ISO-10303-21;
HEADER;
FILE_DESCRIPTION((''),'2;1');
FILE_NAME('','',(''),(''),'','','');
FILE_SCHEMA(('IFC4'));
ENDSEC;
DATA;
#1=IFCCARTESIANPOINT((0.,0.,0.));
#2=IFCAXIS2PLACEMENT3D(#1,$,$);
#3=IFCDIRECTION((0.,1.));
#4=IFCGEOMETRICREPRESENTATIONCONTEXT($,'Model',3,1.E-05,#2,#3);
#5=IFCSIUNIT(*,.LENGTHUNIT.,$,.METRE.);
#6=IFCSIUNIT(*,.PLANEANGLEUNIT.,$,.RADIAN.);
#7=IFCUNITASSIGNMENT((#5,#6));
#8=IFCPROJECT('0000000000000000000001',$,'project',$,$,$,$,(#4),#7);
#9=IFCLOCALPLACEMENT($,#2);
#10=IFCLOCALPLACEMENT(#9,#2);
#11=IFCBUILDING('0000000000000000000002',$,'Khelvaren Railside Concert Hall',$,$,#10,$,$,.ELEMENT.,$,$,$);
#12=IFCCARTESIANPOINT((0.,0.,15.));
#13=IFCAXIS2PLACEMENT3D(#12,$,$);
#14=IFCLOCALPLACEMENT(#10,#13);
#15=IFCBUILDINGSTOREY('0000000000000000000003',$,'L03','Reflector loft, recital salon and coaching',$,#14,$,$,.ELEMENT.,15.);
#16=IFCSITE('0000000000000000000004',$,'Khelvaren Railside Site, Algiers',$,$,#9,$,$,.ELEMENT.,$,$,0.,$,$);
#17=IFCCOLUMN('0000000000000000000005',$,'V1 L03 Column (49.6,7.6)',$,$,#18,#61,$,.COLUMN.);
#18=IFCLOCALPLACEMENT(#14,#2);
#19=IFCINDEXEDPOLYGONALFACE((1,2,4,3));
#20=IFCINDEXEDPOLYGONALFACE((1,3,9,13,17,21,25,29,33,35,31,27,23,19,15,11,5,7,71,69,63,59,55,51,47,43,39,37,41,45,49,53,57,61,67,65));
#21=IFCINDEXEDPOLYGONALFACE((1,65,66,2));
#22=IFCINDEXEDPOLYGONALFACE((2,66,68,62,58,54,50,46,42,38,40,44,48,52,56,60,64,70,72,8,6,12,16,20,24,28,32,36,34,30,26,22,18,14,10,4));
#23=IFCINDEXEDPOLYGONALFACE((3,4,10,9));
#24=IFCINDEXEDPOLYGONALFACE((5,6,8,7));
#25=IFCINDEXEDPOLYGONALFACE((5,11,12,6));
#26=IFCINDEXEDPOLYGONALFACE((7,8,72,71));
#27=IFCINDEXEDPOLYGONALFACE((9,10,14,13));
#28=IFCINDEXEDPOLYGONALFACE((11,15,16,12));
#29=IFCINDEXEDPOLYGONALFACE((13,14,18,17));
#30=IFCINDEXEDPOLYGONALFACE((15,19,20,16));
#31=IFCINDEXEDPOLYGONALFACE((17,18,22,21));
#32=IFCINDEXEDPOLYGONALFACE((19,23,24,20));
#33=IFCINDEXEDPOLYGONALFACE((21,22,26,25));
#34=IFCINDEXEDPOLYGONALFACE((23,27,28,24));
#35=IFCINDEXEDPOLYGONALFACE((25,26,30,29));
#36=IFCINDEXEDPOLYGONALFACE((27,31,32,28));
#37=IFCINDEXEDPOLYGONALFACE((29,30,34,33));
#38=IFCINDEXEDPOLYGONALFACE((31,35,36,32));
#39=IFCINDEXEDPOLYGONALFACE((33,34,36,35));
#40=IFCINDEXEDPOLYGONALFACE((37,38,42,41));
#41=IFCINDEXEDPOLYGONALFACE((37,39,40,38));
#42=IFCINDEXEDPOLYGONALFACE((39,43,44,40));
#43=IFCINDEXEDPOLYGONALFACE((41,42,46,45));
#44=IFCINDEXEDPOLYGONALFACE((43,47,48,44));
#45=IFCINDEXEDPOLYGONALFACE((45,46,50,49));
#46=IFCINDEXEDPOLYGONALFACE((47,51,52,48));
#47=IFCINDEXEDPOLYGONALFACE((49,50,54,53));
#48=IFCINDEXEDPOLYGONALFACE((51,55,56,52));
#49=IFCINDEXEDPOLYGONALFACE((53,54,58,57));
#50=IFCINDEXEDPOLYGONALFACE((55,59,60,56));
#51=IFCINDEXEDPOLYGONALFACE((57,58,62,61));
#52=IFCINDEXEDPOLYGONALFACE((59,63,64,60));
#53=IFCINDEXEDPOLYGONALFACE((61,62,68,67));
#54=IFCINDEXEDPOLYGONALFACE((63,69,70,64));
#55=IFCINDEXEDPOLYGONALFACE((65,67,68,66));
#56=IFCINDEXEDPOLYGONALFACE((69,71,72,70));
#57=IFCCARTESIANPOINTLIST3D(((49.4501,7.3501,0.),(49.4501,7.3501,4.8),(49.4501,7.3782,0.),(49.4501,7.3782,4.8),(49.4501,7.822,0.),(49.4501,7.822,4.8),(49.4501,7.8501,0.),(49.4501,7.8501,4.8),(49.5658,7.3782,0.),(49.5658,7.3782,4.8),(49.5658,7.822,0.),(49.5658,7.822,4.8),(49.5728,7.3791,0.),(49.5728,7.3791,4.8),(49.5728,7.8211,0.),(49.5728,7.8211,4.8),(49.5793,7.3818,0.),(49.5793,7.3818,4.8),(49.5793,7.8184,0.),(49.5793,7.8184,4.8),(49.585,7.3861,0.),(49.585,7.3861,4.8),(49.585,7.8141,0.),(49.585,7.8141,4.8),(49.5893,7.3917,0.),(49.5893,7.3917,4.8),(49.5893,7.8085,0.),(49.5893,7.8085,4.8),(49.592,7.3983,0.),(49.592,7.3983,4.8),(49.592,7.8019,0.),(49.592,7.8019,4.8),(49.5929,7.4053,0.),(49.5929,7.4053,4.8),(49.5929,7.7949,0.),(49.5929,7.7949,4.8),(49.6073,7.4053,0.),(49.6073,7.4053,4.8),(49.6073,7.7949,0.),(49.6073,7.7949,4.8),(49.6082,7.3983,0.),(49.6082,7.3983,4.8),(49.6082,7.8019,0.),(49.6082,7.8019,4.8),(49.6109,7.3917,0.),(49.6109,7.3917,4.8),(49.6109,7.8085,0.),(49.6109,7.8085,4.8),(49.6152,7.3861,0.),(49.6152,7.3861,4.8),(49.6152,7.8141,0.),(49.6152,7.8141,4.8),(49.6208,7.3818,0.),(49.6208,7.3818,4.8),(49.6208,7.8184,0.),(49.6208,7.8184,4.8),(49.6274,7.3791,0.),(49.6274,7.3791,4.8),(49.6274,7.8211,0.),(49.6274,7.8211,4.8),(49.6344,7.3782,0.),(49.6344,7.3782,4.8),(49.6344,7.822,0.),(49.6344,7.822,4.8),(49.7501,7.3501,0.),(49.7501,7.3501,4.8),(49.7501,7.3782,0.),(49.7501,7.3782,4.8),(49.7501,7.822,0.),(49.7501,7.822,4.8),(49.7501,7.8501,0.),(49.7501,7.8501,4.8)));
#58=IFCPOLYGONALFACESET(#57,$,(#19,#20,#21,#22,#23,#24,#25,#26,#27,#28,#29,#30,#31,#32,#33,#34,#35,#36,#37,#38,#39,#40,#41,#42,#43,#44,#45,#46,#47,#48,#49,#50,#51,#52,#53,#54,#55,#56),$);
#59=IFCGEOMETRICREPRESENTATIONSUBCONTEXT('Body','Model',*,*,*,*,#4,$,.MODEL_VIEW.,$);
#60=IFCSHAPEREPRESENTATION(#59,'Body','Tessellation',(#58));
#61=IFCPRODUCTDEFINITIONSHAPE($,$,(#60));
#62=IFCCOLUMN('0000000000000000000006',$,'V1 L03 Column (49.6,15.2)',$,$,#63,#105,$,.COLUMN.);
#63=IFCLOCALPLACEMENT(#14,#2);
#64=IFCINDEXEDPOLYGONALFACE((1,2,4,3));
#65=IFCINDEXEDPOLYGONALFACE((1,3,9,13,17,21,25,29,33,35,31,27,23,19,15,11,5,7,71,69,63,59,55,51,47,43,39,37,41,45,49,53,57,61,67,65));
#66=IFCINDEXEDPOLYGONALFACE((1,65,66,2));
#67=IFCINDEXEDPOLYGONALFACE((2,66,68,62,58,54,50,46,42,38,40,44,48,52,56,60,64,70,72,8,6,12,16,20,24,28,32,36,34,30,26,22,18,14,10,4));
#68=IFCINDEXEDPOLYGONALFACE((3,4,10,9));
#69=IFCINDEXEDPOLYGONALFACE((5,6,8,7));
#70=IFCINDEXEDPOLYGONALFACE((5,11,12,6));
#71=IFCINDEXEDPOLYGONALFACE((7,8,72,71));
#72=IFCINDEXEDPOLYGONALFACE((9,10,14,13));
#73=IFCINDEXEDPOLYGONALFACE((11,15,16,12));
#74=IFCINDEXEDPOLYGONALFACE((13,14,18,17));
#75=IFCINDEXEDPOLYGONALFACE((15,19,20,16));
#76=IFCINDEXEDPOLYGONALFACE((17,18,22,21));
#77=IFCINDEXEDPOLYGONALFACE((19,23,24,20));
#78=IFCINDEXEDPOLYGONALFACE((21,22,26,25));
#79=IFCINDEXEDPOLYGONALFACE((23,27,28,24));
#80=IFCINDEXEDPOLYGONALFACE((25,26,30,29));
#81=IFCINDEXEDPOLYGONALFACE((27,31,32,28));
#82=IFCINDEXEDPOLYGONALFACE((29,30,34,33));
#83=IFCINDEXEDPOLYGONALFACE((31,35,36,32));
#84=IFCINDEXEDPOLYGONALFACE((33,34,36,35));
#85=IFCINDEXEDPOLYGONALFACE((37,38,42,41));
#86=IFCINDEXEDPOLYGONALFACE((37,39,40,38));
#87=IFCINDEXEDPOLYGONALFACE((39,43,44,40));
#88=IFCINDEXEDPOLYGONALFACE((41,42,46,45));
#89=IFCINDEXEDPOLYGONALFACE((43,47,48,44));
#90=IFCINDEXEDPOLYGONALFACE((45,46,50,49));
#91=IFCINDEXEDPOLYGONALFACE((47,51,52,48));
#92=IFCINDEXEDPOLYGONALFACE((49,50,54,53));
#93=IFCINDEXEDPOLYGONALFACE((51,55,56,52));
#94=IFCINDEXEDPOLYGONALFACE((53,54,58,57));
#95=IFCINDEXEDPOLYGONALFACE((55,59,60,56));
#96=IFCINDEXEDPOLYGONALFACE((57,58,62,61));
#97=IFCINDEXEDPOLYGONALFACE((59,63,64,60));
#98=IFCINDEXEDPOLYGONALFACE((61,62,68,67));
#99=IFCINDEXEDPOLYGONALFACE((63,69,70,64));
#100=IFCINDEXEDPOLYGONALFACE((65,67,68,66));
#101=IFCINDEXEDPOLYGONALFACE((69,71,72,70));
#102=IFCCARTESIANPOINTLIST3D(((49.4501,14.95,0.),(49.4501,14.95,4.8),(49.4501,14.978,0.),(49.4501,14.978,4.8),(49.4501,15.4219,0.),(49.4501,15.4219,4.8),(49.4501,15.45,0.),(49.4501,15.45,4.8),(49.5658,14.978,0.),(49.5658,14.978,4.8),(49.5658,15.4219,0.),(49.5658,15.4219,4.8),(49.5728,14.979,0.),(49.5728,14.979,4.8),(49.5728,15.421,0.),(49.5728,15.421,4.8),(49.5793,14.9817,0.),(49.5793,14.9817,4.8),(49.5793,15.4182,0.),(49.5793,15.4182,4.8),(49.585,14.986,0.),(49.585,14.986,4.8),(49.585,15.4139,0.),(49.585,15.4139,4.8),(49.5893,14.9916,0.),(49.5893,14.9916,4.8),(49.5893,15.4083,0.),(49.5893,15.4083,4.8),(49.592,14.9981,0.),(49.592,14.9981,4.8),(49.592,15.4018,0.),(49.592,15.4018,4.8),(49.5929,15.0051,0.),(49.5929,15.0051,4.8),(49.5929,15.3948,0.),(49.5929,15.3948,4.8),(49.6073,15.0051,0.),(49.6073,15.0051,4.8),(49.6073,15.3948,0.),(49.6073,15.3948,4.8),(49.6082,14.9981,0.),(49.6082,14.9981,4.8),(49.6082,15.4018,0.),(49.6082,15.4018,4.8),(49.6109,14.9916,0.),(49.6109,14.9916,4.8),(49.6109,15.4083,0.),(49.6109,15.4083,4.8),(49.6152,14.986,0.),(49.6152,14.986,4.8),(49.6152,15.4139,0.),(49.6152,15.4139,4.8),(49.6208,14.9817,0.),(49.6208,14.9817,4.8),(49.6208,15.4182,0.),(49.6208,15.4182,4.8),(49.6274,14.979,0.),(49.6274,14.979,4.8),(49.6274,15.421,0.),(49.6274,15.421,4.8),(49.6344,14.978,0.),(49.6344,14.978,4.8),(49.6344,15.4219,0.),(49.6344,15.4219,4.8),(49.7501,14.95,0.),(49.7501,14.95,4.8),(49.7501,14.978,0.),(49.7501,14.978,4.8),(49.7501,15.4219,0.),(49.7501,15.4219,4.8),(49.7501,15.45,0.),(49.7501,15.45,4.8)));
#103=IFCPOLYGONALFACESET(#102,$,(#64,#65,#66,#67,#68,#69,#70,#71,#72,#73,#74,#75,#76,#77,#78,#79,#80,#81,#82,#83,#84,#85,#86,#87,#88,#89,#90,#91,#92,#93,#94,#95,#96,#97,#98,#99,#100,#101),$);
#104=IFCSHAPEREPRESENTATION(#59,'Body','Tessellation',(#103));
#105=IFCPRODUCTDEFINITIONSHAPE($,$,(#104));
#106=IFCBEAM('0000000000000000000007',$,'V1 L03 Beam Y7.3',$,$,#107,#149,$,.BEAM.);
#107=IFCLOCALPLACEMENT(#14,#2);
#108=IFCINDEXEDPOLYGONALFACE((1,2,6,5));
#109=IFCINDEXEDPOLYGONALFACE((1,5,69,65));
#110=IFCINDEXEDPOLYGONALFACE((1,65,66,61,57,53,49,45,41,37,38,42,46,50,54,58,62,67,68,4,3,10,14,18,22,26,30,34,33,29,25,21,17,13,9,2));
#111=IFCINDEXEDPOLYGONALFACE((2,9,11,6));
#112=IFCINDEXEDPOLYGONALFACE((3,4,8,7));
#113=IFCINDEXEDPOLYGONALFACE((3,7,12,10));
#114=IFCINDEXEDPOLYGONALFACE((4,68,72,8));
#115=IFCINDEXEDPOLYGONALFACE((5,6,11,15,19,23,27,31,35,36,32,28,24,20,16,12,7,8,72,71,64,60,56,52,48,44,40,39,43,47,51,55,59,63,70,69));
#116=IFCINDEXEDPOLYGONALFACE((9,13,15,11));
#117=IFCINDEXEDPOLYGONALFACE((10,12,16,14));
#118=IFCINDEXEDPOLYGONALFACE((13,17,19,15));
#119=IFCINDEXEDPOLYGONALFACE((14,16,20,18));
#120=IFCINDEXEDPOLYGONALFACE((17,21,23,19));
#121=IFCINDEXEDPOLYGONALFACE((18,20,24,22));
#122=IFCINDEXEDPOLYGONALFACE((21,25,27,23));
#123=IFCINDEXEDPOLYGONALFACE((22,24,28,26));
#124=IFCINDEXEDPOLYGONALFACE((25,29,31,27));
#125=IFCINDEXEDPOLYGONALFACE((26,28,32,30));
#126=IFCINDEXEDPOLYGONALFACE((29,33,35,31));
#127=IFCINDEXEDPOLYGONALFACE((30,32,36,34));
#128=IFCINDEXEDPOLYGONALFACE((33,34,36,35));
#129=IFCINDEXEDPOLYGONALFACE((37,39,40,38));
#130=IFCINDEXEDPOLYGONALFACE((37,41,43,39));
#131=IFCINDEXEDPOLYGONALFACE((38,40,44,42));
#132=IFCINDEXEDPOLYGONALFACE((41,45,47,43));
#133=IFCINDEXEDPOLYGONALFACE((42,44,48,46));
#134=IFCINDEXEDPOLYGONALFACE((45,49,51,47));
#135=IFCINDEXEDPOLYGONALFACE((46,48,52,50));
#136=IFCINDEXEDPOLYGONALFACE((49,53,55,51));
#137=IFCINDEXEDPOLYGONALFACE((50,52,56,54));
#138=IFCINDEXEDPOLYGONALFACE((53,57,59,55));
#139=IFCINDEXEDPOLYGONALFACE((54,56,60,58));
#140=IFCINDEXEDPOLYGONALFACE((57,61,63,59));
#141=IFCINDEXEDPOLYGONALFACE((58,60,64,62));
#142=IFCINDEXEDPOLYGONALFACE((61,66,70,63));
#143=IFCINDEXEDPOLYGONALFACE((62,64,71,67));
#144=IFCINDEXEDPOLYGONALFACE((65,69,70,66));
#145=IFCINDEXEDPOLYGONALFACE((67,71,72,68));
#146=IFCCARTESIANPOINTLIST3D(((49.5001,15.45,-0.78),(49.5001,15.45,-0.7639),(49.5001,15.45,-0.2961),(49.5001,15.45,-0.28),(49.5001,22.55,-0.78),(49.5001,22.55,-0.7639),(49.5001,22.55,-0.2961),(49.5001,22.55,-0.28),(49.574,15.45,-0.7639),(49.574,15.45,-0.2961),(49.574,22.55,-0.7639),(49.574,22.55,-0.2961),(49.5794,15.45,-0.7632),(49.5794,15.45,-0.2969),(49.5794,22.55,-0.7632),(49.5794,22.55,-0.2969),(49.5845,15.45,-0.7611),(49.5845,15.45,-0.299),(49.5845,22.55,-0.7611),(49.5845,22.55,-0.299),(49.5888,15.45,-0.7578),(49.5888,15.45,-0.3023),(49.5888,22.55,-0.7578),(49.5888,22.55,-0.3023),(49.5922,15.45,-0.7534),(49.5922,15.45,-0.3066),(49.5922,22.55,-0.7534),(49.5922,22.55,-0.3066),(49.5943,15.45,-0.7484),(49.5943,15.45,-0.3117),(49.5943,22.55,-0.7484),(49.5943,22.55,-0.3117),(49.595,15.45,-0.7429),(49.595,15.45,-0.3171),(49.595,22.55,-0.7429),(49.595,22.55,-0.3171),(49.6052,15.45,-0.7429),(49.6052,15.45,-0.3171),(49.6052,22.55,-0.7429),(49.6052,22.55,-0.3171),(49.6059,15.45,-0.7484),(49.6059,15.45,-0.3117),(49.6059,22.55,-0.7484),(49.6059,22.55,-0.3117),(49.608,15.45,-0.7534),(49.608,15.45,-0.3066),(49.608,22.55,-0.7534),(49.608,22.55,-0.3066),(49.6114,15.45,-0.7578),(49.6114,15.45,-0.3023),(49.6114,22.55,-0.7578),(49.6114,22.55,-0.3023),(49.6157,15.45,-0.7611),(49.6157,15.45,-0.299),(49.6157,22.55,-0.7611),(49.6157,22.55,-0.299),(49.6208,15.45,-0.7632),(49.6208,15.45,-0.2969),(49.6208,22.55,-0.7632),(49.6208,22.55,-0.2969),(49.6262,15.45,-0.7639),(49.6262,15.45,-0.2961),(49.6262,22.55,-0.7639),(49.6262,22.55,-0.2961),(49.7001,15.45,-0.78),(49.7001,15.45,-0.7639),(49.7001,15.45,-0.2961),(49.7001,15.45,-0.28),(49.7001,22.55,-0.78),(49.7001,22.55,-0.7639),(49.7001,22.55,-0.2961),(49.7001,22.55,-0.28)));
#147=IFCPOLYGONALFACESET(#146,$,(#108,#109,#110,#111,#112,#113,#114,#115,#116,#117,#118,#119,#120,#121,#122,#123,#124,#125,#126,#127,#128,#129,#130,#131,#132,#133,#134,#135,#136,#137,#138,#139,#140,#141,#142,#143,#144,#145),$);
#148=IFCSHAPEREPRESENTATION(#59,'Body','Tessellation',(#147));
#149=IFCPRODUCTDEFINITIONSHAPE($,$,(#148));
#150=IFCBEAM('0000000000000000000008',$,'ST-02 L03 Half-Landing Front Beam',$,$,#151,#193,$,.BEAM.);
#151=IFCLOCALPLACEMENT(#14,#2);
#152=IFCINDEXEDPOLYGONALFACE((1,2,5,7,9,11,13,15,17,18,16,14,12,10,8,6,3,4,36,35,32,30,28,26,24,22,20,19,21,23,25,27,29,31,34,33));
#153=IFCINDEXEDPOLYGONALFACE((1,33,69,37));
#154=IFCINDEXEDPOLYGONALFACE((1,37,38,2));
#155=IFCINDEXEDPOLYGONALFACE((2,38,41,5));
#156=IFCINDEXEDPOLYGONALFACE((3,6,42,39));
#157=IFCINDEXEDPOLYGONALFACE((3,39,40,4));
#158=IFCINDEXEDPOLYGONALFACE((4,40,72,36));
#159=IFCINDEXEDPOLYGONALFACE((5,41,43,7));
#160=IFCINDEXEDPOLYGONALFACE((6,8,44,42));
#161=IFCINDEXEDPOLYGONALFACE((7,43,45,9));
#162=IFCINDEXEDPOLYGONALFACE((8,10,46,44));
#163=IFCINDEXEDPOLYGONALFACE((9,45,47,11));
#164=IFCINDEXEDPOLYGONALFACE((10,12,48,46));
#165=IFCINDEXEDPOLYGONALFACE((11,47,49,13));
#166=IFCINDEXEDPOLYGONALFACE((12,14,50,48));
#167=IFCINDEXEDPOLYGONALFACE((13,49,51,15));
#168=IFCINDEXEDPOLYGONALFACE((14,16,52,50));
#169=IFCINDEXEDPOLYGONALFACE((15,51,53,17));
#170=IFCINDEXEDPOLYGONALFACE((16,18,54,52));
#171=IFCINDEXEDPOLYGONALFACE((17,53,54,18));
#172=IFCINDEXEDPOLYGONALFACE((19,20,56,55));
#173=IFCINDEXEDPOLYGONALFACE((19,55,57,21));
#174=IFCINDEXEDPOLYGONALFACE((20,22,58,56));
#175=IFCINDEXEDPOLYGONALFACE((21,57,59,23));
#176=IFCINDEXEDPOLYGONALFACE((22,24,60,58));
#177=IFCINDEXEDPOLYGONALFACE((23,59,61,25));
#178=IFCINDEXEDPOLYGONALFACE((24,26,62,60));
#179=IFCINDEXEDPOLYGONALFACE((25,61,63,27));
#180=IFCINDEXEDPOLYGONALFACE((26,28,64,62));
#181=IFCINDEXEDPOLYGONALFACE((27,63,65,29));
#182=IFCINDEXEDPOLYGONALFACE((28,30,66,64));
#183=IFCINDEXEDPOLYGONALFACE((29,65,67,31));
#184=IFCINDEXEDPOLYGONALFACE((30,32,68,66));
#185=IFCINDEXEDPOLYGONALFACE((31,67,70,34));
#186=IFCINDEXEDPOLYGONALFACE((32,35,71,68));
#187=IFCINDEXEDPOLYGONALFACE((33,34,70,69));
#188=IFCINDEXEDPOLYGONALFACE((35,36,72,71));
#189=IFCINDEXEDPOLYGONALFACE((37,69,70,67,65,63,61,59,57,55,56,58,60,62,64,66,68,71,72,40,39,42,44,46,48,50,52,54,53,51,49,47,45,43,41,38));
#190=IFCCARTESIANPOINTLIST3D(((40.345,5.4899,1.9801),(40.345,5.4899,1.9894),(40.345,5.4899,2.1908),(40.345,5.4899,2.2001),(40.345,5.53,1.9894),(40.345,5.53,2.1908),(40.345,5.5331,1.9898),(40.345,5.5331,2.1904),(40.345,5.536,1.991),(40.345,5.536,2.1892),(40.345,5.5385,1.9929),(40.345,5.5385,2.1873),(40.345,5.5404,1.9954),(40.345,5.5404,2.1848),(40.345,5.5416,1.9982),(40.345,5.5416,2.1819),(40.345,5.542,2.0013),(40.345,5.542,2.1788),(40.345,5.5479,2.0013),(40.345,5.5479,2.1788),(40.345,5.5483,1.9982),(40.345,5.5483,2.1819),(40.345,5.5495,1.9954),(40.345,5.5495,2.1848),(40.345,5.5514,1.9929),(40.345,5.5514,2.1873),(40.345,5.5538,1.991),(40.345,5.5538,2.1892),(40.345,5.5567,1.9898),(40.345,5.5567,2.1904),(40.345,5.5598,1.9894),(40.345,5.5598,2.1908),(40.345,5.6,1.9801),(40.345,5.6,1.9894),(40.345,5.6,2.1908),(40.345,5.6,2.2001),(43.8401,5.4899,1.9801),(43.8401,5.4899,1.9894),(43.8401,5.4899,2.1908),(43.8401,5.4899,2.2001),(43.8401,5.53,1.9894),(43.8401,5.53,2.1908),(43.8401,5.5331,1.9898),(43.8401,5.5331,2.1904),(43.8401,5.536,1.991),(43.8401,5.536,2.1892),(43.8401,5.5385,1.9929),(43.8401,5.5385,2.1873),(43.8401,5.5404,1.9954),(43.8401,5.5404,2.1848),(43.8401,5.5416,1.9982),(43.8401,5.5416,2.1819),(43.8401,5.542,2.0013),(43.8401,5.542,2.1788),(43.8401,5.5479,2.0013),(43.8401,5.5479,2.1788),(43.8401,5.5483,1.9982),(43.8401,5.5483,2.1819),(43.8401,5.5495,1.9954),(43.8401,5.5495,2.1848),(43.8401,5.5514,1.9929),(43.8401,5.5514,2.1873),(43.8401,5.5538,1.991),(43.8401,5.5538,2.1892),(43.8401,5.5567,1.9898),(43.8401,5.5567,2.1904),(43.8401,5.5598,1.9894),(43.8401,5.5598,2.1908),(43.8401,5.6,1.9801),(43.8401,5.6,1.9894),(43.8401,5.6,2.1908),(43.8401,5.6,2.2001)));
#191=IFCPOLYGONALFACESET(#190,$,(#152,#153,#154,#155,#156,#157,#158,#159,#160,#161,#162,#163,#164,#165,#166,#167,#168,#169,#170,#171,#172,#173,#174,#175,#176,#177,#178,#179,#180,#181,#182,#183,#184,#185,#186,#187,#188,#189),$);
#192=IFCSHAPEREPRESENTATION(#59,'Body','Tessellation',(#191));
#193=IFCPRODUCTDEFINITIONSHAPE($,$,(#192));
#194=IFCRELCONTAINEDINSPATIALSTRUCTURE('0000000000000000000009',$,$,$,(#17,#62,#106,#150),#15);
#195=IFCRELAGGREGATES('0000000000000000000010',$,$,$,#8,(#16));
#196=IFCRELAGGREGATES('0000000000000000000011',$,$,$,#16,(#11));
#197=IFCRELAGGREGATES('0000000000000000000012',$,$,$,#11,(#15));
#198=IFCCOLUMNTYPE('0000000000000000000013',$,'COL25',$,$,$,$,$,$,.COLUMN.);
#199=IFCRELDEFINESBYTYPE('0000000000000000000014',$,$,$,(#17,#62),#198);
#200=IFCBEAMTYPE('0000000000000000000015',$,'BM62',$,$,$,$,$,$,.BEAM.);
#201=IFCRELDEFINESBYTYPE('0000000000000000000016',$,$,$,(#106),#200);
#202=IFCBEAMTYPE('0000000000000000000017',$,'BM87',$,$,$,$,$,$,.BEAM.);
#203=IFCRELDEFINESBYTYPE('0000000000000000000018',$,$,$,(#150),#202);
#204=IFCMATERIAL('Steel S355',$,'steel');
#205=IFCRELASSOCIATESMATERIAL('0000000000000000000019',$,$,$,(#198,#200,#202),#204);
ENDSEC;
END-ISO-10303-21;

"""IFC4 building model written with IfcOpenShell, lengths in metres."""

from ifc_helpers import new_model, si_unit, direction, frame, origin, origin_2d, place, context, subcontext, project, spatial, i_section, extrude, material, material_profile, profile_set, type_object, element, save


model = new_model("IFC4")

# Units and contexts
model_context = context("Model", 3, precision=1e-05, world=origin(), true_north=direction((0.0, 1.0)))
body_context = subcontext(model_context, "Body", "Model", "MODEL_VIEW")
ifc_project = project(units=[si_unit("LENGTHUNIT", "METRE"), si_unit("PLANEANGLEUNIT", "RADIAN")], contexts=[model_context])

# Site, building, storey
site_placement = place(None, origin())
site = spatial("IfcSite", under=ifc_project, at=site_placement, Name="Khelvaren Railside Site, Algiers", CompositionType="ELEMENT", RefElevation=0.0)
building_placement = place(site_placement, origin())
building = spatial("IfcBuilding", under=site, at=building_placement, Name="Khelvaren Railside Concert Hall", CompositionType="ELEMENT")
storey_placement = place(building_placement, frame((0.0, 0.0, 15.0)))
storey = spatial("IfcBuildingStorey", under=building, at=storey_placement, Name="L03", Description="Reflector loft, recital salon and coaching", CompositionType="ELEMENT", Elevation=15.0)

# Columns
ifc_material_1 = material(Name="Steel S355", Category="steel")
ifc_material_profile_1 = material_profile(ifc_material_1, i_section(OverallWidth=0.3, OverallDepth=0.5, WebThickness=0.0144, FlangeThickness=0.0281, FilletRadius=0.0271, at=origin_2d()), Name="HEB 500")
ifc_profile_set_1 = profile_set([ifc_material_profile_1], Name="Steel S355")
column_type = type_object("IfcColumnType", Name="COL25", PredefinedType="COLUMN", material=ifc_profile_set_1)
for number, where, z_axis, x_axis, name in (
    (1, (49.6001, 7.6001, 0.0), (0.0, 0.0, 1.0), (1.0, 0.0, 0.0), "V1 L03 Column (49.6,7.6)"),
    (2, (49.6001, 15.2, 0.0), (0.0, 0.0, 1.0), (1.0, 0.0, 0.0), "V1 L03 Column (49.6,15.2)"),
):
    element("IfcColumn", number, at=place(storey_placement, frame(where, z_axis=z_axis, x_axis=x_axis)), inside=storey, type_object=column_type, Name=name, PredefinedType="COLUMN", context=body_context, shape_type="SweptSolid", body=[
        extrude(i_section(OverallWidth=0.3, OverallDepth=0.5, WebThickness=0.0144, FlangeThickness=0.0281, FilletRadius=0.0271, at=origin_2d()), origin(), (0.0, 0.0, 1.0), 4.8),
    ])

# Beams
ifc_material_profile_2 = material_profile(ifc_material_1, i_section(OverallWidth=0.2, OverallDepth=0.5, WebThickness=0.0103, FlangeThickness=0.0161, FilletRadius=0.021, at=origin_2d()), Name="IPE 500")
ifc_profile_set_2 = profile_set([ifc_material_profile_2], Name="Steel S355")
beam_type_1 = type_object("IfcBeamType", Name="BM62", PredefinedType="BEAM", material=ifc_profile_set_2)
beam_1_placement = place(storey_placement, frame((49.6001, 15.45, -0.53), z_axis=(0.0, 1.0, 0.0), x_axis=(-1.0, 0.0, 0.0)))
element("IfcBeam", 3, at=beam_1_placement, inside=storey, type_object=beam_type_1, Name="V1 L03 Beam Y7.3", PredefinedType="BEAM", context=body_context, shape_type="SweptSolid", body=[
    extrude(i_section(OverallWidth=0.2, OverallDepth=0.5, WebThickness=0.0103, FlangeThickness=0.0161, FilletRadius=0.021, at=origin_2d()), origin(), (0.0, 0.0, 1.0), 7.1001),
])
ifc_material_profile_3 = material_profile(ifc_material_1, i_section(OverallWidth=0.1101, OverallDepth=0.22, WebThickness=0.0059, FlangeThickness=0.0093, FilletRadius=0.012, at=origin_2d()), Name="IPE 220")
ifc_profile_set_3 = profile_set([ifc_material_profile_3], Name="Steel S355")
beam_type_2 = type_object("IfcBeamType", Name="BM87", PredefinedType="BEAM", material=ifc_profile_set_3)
for number, where, z_axis, x_axis, name in (
    (4, (40.345, 5.5449, 2.0901), (1.0, 0.0, 0.0), (0.0, 1.0, 0.0), "ST-02 L03 Half-Landing Front Beam"),
):
    element("IfcBeam", number, at=place(storey_placement, frame(where, z_axis=z_axis, x_axis=x_axis)), inside=storey, type_object=beam_type_2, Name=name, PredefinedType="BEAM", context=body_context, shape_type="SweptSolid", body=[
        extrude(i_section(OverallWidth=0.1101, OverallDepth=0.22, WebThickness=0.0059, FlangeThickness=0.0093, FilletRadius=0.012, at=origin_2d()), origin(), (0.0, 0.0, 1.0), 3.4951),
    ])

save(model, "model.ifc")
